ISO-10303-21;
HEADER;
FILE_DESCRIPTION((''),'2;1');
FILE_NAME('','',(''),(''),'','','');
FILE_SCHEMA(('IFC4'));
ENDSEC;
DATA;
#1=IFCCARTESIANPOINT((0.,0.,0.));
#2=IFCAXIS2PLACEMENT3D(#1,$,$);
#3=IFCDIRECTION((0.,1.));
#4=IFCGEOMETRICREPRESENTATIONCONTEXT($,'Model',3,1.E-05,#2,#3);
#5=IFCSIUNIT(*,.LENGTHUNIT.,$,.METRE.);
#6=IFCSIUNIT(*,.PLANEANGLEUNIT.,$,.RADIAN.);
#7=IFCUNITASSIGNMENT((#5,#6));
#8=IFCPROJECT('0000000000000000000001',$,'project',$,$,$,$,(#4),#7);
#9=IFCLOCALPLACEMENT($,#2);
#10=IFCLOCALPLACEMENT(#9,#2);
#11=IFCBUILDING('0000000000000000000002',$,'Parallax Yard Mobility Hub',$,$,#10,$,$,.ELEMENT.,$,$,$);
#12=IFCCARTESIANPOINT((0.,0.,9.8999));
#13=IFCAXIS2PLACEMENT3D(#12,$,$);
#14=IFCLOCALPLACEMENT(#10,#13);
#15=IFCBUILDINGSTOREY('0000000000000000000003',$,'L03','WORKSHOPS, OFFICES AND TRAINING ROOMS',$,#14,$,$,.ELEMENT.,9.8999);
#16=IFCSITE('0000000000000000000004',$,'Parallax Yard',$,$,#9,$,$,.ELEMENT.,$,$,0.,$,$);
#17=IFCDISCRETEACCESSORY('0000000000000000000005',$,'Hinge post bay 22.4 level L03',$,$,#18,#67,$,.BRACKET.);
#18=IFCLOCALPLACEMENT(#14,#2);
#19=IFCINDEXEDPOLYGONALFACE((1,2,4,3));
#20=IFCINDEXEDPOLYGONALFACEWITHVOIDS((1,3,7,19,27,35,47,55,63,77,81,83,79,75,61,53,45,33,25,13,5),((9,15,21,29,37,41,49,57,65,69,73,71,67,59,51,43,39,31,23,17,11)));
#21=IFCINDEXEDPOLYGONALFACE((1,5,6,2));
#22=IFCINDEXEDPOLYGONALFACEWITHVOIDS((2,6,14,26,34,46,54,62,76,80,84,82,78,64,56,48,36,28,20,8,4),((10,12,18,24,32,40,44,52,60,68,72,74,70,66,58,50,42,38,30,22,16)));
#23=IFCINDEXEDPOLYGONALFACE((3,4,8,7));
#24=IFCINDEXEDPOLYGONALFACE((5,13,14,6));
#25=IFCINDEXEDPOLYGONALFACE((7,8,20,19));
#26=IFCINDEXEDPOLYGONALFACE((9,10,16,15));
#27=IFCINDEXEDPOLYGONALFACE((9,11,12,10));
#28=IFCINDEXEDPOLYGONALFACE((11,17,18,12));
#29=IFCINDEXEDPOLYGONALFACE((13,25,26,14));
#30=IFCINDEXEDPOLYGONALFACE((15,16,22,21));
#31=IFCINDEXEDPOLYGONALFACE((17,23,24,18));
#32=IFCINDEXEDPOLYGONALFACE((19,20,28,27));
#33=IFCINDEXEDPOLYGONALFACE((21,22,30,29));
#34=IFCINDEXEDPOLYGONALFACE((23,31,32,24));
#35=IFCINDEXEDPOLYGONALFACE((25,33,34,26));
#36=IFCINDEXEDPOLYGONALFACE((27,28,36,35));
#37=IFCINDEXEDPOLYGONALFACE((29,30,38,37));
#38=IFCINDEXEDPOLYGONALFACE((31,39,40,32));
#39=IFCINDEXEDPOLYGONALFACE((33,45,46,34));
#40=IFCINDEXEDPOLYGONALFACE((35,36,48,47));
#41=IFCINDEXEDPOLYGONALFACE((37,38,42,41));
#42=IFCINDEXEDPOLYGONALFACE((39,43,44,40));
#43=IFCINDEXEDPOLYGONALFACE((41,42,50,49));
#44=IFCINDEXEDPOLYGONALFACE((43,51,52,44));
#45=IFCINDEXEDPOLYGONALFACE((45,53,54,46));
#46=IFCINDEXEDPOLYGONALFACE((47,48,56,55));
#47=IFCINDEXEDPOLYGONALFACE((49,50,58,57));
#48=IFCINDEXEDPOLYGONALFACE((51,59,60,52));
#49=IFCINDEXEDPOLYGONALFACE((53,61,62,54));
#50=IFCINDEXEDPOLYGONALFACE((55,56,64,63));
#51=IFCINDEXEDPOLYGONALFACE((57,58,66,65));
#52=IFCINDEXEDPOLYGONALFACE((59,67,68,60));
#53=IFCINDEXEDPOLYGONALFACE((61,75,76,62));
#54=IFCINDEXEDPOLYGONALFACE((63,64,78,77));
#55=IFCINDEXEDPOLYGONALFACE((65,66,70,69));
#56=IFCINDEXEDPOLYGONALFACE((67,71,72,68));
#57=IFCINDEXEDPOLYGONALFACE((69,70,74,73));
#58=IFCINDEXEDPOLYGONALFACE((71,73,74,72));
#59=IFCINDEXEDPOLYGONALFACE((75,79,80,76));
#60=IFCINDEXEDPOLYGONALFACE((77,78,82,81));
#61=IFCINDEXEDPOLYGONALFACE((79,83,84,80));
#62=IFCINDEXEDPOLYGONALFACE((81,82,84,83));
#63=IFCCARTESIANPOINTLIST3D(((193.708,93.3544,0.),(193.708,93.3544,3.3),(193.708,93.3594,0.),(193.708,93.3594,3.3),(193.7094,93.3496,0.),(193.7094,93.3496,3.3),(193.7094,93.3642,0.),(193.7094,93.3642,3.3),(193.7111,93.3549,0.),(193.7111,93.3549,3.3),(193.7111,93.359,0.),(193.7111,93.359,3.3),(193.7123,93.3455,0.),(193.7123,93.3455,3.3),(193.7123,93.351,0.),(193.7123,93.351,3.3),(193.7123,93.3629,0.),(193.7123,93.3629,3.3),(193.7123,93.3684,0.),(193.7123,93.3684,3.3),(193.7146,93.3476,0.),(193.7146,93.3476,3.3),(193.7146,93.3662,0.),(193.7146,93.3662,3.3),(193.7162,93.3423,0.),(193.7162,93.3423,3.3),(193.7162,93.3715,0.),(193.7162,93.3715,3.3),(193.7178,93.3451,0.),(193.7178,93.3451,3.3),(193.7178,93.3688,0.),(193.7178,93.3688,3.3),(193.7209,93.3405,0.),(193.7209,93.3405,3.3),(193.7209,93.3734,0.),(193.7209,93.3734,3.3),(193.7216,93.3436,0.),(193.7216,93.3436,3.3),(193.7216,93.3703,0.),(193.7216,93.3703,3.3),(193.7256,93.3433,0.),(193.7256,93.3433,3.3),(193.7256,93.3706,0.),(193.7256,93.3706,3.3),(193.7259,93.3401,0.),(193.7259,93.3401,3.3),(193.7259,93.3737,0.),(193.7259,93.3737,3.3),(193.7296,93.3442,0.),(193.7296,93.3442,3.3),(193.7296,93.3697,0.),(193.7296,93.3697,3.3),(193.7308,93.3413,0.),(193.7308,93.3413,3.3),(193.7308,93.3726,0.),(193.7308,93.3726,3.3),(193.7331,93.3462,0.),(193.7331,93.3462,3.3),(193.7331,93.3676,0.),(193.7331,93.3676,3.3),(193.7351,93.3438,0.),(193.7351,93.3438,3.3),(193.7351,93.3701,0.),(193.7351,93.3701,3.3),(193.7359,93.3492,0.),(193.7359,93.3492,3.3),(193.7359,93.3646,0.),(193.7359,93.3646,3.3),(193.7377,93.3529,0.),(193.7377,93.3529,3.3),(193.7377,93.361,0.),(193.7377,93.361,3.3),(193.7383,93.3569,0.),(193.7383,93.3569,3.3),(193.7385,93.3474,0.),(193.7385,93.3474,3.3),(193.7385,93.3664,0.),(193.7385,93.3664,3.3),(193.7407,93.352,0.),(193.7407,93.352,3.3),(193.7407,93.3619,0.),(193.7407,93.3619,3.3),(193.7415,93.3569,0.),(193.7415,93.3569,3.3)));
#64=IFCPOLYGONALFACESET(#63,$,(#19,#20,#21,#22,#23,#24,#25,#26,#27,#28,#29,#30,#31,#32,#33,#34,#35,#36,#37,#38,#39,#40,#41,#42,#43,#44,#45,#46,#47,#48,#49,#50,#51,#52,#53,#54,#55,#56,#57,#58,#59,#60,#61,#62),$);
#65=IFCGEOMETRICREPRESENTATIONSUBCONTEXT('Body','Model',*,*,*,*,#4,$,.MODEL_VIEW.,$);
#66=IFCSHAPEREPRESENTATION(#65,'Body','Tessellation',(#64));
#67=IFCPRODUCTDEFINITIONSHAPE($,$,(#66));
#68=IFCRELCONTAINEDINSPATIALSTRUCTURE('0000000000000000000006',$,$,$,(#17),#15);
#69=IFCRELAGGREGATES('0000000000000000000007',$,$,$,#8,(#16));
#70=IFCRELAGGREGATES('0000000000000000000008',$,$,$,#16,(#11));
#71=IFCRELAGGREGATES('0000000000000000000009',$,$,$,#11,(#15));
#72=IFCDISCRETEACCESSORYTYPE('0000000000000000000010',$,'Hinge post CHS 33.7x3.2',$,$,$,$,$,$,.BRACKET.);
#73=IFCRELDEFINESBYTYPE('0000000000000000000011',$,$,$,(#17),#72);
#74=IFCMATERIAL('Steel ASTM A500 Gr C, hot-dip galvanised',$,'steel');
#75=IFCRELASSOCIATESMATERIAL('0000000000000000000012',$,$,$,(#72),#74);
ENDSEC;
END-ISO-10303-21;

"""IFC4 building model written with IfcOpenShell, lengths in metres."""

from ifc_helpers import new_model, si_unit, direction, frame, origin, origin_2d, place, context, subcontext, project, spatial, hollow_circle, extrude, material, material_profile, profile_set, type_object, element, save


model = new_model("IFC4")

# Units and contexts
model_context = context("Model", 3, precision=1e-05, world=origin(), true_north=direction((0.0, 1.0)))
body_context = subcontext(model_context, "Body", "Model", "MODEL_VIEW")
ifc_project = project(units=[si_unit("LENGTHUNIT", "METRE"), si_unit("PLANEANGLEUNIT", "RADIAN")], contexts=[model_context])

# Site, building, storey
site_placement = place(None, origin())
site = spatial("IfcSite", under=ifc_project, at=site_placement, Name="Parallax Yard", CompositionType="ELEMENT", RefElevation=0.0)
building_placement = place(site_placement, origin())
building = spatial("IfcBuilding", under=site, at=building_placement, Name="Parallax Yard Mobility Hub", CompositionType="ELEMENT")
storey_placement = place(building_placement, frame((0.0, 0.0, 9.8999)))
storey = spatial("IfcBuildingStorey", under=building, at=storey_placement, Name="L03", Description="WORKSHOPS, OFFICES AND TRAINING ROOMS", CompositionType="ELEMENT", Elevation=9.8999)

# Discrete accessory
ifc_material_1 = material(Name="Steel ASTM A500 Gr C, hot-dip galvanised", Category="steel")
ifc_material_profile_1 = material_profile(ifc_material_1, hollow_circle(Radius=0.0168, WallThickness=0.0032, at=origin_2d()), Name="CHS 33.7x3.2")
ifc_profile_set_1 = profile_set([ifc_material_profile_1], Name="Steel ASTM A500 Gr C, hot-dip galvanised")
discrete_accessory_type_1 = type_object("IfcDiscreteAccessoryType", Name="Hinge post CHS 33.7x3.2", PredefinedType="BRACKET", material=ifc_profile_set_1)
for number, where, z_axis, x_axis, name in (
    (1, (193.7246, 93.3569, 0.0), (0.0, 0.0, 1.0), (1.0, 0.0, 0.0), "Hinge post bay 22.4 level L03"),
):
    element("IfcDiscreteAccessory", number, at=place(storey_placement, frame(where, z_axis=z_axis, x_axis=x_axis)), inside=storey, type_object=discrete_accessory_type_1, Name=name, PredefinedType="BRACKET", context=body_context, shape_type="SweptSolid", body=[
        extrude(hollow_circle(Radius=0.0168, WallThickness=0.0032, at=origin_2d()), origin(), (0.0, 0.0, 1.0), 3.3),
    ])

save(model, "model.ifc")
